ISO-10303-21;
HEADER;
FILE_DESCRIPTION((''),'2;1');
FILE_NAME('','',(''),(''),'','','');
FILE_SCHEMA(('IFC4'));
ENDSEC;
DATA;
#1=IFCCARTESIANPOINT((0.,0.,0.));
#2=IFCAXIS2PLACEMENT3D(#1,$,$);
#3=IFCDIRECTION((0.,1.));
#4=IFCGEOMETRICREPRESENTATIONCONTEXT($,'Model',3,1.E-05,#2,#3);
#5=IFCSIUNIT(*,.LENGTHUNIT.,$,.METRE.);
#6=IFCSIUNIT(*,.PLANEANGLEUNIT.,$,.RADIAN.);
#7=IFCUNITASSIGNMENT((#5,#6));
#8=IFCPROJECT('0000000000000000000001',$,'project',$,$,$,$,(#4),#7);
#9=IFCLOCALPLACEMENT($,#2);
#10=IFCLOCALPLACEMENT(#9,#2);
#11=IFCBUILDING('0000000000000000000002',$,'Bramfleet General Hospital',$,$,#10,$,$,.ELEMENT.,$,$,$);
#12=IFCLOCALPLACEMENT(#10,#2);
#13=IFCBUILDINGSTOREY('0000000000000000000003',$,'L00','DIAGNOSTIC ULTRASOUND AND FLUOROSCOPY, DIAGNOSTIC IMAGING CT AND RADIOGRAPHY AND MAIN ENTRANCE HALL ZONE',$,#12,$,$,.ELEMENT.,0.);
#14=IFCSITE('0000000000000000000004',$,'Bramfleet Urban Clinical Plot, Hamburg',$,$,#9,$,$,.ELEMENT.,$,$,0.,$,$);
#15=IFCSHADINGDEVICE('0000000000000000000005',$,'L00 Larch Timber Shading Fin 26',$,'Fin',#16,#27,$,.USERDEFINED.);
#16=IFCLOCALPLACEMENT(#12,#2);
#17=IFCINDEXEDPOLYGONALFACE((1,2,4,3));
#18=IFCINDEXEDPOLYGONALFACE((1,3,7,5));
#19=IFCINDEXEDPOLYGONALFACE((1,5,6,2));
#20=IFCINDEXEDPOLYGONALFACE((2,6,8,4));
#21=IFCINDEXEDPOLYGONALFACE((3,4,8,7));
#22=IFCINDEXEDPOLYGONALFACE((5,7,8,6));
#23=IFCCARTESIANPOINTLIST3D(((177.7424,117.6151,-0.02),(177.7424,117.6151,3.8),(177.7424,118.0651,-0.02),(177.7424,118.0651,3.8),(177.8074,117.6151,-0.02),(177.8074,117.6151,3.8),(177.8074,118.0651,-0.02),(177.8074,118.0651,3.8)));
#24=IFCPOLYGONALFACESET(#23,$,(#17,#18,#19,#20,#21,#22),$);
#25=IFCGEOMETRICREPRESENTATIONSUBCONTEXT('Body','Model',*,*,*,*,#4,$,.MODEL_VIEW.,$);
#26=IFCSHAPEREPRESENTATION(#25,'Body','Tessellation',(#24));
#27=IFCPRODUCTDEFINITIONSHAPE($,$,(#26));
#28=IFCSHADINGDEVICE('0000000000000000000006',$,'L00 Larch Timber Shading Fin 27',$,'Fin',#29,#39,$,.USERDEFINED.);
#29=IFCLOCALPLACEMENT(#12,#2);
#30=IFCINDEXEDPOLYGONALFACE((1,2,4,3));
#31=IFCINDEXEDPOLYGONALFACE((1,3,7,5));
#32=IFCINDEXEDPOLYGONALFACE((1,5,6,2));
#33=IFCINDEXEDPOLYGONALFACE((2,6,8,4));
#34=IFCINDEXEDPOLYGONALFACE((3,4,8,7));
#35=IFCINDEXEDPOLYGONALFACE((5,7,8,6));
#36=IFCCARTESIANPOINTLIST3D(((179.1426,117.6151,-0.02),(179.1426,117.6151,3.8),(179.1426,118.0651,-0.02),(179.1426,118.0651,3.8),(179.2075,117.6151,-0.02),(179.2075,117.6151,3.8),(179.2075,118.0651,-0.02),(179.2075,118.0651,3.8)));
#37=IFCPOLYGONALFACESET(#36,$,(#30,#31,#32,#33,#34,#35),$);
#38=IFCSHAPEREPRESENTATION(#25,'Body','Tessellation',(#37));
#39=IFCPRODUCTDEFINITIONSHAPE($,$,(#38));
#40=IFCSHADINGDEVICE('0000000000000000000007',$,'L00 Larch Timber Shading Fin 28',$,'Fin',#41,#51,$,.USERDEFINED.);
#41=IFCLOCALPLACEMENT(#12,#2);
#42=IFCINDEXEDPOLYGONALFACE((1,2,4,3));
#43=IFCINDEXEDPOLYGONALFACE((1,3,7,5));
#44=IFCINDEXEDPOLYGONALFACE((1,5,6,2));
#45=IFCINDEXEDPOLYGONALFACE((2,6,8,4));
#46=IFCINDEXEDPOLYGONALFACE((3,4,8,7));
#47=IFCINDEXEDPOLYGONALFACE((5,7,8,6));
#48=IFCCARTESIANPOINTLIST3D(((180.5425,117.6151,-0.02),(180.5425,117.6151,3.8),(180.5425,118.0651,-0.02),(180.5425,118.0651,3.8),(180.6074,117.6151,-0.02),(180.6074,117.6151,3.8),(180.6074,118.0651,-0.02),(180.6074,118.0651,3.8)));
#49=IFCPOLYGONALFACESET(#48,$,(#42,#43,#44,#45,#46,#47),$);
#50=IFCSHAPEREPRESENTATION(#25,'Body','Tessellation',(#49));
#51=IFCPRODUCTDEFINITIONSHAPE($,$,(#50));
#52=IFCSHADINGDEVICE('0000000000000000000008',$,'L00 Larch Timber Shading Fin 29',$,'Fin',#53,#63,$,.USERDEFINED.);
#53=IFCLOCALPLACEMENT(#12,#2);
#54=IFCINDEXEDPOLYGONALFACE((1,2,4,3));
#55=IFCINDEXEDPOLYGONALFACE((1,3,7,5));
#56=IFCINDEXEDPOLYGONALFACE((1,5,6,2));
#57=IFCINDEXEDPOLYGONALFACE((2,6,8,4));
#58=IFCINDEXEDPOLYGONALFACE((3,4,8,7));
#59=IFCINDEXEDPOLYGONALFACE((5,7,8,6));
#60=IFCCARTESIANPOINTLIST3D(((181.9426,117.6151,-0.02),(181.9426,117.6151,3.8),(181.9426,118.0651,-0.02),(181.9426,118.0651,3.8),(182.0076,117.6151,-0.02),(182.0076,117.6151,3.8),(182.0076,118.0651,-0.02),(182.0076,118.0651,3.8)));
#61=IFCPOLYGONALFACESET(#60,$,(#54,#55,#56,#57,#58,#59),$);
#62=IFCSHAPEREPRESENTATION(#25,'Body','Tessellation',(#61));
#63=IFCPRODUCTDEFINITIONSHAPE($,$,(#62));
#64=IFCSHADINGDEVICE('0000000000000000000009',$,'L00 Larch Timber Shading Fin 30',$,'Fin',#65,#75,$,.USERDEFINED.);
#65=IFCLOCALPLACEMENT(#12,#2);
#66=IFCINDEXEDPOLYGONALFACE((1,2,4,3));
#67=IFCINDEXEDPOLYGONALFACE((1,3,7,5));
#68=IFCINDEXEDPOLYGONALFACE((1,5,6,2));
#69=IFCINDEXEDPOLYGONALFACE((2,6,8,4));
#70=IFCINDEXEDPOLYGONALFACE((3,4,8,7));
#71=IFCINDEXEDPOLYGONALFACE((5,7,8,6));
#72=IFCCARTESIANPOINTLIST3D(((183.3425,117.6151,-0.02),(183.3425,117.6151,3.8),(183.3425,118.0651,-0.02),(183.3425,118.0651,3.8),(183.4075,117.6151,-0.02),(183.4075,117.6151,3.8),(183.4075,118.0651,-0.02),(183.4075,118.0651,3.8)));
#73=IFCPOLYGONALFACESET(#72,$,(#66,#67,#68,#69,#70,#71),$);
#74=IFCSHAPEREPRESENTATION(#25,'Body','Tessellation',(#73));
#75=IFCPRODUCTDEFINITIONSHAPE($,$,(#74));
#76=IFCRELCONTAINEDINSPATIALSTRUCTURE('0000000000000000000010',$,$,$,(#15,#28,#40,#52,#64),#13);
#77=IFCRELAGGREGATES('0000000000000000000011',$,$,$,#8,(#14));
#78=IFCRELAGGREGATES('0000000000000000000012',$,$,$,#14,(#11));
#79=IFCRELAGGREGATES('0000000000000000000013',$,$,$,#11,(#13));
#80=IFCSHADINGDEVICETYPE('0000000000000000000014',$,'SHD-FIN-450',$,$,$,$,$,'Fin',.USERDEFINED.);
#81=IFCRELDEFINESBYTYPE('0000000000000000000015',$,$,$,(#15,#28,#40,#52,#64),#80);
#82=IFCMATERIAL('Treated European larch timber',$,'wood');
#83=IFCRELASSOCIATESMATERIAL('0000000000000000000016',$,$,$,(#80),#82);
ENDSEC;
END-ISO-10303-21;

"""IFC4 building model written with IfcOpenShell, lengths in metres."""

from ifc_helpers import new_model, si_unit, direction, frame, origin, origin_2d, place, context, subcontext, project, spatial, rectangle, extrude, material, material_profile, profile_set, type_object, element, save


model = new_model("IFC4")

# Units and contexts
model_context = context("Model", 3, precision=1e-05, world=origin(), true_north=direction((0.0, 1.0)))
body_context = subcontext(model_context, "Body", "Model", "MODEL_VIEW")
ifc_project = project(units=[si_unit("LENGTHUNIT", "METRE"), si_unit("PLANEANGLEUNIT", "RADIAN")], contexts=[model_context])

# Site, building, storey
site_placement = place(None, origin())
site = spatial("IfcSite", under=ifc_project, at=site_placement, Name="Bramfleet Urban Clinical Plot, Hamburg", CompositionType="ELEMENT", RefElevation=0.0)
building_placement = place(site_placement, origin())
building = spatial("IfcBuilding", under=site, at=building_placement, Name="Bramfleet General Hospital", CompositionType="ELEMENT")
storey_placement = place(building_placement, origin())
storey = spatial("IfcBuildingStorey", under=building, at=storey_placement, Name="L00", Description="DIAGNOSTIC ULTRASOUND AND FLUOROSCOPY, DIAGNOSTIC IMAGING CT AND RADIOGRAPHY AND MAIN ENTRANCE HALL ZONE", CompositionType="ELEMENT", Elevation=0.0)

# Shading devices
ifc_material_1 = material(Name="Treated European larch timber", Category="wood")
ifc_material_profile_1 = material_profile(ifc_material_1, rectangle(XDim=0.0649, YDim=0.45, at=origin_2d()), Name="LARCH FIN 450x65")
ifc_profile_set_1 = profile_set([ifc_material_profile_1], Name="Treated European larch timber")
shading_device_type = type_object("IfcShadingDeviceType", Name="SHD-FIN-450", ElementType="Fin", PredefinedType="USERDEFINED", material=ifc_profile_set_1)
for number, where, z_axis, x_axis, name in (
    (1, (177.7749, 117.8401, -0.02), (0.0, 0.0, 1.0), (1.0, 0.0, 0.0), "L00 Larch Timber Shading Fin 26"),
    (2, (179.175, 117.8401, -0.02), (0.0, 0.0, 1.0), (1.0, 0.0, 0.0), "L00 Larch Timber Shading Fin 27"),
    (3, (180.575, 117.8401, -0.02), (0.0, 0.0, 1.0), (1.0, 0.0, 0.0), "L00 Larch Timber Shading Fin 28"),
    (4, (181.9751, 117.8401, -0.02), (0.0, 0.0, 1.0), (1.0, 0.0, 0.0), "L00 Larch Timber Shading Fin 29"),
    (5, (183.375, 117.8401, -0.02), (0.0, 0.0, 1.0), (1.0, 0.0, 0.0), "L00 Larch Timber Shading Fin 30"),
):
    element("IfcShadingDevice", number, at=place(storey_placement, frame(where, z_axis=z_axis, x_axis=x_axis)), inside=storey, type_object=shading_device_type, Name=name, ObjectType="Fin", PredefinedType="USERDEFINED", context=body_context, shape_type="SweptSolid", body=[
        extrude(rectangle(XDim=0.0649, YDim=0.45, at=origin_2d()), origin(), (0.0, 0.0, 1.0), 3.8201),
    ])

save(model, "model.ifc")
